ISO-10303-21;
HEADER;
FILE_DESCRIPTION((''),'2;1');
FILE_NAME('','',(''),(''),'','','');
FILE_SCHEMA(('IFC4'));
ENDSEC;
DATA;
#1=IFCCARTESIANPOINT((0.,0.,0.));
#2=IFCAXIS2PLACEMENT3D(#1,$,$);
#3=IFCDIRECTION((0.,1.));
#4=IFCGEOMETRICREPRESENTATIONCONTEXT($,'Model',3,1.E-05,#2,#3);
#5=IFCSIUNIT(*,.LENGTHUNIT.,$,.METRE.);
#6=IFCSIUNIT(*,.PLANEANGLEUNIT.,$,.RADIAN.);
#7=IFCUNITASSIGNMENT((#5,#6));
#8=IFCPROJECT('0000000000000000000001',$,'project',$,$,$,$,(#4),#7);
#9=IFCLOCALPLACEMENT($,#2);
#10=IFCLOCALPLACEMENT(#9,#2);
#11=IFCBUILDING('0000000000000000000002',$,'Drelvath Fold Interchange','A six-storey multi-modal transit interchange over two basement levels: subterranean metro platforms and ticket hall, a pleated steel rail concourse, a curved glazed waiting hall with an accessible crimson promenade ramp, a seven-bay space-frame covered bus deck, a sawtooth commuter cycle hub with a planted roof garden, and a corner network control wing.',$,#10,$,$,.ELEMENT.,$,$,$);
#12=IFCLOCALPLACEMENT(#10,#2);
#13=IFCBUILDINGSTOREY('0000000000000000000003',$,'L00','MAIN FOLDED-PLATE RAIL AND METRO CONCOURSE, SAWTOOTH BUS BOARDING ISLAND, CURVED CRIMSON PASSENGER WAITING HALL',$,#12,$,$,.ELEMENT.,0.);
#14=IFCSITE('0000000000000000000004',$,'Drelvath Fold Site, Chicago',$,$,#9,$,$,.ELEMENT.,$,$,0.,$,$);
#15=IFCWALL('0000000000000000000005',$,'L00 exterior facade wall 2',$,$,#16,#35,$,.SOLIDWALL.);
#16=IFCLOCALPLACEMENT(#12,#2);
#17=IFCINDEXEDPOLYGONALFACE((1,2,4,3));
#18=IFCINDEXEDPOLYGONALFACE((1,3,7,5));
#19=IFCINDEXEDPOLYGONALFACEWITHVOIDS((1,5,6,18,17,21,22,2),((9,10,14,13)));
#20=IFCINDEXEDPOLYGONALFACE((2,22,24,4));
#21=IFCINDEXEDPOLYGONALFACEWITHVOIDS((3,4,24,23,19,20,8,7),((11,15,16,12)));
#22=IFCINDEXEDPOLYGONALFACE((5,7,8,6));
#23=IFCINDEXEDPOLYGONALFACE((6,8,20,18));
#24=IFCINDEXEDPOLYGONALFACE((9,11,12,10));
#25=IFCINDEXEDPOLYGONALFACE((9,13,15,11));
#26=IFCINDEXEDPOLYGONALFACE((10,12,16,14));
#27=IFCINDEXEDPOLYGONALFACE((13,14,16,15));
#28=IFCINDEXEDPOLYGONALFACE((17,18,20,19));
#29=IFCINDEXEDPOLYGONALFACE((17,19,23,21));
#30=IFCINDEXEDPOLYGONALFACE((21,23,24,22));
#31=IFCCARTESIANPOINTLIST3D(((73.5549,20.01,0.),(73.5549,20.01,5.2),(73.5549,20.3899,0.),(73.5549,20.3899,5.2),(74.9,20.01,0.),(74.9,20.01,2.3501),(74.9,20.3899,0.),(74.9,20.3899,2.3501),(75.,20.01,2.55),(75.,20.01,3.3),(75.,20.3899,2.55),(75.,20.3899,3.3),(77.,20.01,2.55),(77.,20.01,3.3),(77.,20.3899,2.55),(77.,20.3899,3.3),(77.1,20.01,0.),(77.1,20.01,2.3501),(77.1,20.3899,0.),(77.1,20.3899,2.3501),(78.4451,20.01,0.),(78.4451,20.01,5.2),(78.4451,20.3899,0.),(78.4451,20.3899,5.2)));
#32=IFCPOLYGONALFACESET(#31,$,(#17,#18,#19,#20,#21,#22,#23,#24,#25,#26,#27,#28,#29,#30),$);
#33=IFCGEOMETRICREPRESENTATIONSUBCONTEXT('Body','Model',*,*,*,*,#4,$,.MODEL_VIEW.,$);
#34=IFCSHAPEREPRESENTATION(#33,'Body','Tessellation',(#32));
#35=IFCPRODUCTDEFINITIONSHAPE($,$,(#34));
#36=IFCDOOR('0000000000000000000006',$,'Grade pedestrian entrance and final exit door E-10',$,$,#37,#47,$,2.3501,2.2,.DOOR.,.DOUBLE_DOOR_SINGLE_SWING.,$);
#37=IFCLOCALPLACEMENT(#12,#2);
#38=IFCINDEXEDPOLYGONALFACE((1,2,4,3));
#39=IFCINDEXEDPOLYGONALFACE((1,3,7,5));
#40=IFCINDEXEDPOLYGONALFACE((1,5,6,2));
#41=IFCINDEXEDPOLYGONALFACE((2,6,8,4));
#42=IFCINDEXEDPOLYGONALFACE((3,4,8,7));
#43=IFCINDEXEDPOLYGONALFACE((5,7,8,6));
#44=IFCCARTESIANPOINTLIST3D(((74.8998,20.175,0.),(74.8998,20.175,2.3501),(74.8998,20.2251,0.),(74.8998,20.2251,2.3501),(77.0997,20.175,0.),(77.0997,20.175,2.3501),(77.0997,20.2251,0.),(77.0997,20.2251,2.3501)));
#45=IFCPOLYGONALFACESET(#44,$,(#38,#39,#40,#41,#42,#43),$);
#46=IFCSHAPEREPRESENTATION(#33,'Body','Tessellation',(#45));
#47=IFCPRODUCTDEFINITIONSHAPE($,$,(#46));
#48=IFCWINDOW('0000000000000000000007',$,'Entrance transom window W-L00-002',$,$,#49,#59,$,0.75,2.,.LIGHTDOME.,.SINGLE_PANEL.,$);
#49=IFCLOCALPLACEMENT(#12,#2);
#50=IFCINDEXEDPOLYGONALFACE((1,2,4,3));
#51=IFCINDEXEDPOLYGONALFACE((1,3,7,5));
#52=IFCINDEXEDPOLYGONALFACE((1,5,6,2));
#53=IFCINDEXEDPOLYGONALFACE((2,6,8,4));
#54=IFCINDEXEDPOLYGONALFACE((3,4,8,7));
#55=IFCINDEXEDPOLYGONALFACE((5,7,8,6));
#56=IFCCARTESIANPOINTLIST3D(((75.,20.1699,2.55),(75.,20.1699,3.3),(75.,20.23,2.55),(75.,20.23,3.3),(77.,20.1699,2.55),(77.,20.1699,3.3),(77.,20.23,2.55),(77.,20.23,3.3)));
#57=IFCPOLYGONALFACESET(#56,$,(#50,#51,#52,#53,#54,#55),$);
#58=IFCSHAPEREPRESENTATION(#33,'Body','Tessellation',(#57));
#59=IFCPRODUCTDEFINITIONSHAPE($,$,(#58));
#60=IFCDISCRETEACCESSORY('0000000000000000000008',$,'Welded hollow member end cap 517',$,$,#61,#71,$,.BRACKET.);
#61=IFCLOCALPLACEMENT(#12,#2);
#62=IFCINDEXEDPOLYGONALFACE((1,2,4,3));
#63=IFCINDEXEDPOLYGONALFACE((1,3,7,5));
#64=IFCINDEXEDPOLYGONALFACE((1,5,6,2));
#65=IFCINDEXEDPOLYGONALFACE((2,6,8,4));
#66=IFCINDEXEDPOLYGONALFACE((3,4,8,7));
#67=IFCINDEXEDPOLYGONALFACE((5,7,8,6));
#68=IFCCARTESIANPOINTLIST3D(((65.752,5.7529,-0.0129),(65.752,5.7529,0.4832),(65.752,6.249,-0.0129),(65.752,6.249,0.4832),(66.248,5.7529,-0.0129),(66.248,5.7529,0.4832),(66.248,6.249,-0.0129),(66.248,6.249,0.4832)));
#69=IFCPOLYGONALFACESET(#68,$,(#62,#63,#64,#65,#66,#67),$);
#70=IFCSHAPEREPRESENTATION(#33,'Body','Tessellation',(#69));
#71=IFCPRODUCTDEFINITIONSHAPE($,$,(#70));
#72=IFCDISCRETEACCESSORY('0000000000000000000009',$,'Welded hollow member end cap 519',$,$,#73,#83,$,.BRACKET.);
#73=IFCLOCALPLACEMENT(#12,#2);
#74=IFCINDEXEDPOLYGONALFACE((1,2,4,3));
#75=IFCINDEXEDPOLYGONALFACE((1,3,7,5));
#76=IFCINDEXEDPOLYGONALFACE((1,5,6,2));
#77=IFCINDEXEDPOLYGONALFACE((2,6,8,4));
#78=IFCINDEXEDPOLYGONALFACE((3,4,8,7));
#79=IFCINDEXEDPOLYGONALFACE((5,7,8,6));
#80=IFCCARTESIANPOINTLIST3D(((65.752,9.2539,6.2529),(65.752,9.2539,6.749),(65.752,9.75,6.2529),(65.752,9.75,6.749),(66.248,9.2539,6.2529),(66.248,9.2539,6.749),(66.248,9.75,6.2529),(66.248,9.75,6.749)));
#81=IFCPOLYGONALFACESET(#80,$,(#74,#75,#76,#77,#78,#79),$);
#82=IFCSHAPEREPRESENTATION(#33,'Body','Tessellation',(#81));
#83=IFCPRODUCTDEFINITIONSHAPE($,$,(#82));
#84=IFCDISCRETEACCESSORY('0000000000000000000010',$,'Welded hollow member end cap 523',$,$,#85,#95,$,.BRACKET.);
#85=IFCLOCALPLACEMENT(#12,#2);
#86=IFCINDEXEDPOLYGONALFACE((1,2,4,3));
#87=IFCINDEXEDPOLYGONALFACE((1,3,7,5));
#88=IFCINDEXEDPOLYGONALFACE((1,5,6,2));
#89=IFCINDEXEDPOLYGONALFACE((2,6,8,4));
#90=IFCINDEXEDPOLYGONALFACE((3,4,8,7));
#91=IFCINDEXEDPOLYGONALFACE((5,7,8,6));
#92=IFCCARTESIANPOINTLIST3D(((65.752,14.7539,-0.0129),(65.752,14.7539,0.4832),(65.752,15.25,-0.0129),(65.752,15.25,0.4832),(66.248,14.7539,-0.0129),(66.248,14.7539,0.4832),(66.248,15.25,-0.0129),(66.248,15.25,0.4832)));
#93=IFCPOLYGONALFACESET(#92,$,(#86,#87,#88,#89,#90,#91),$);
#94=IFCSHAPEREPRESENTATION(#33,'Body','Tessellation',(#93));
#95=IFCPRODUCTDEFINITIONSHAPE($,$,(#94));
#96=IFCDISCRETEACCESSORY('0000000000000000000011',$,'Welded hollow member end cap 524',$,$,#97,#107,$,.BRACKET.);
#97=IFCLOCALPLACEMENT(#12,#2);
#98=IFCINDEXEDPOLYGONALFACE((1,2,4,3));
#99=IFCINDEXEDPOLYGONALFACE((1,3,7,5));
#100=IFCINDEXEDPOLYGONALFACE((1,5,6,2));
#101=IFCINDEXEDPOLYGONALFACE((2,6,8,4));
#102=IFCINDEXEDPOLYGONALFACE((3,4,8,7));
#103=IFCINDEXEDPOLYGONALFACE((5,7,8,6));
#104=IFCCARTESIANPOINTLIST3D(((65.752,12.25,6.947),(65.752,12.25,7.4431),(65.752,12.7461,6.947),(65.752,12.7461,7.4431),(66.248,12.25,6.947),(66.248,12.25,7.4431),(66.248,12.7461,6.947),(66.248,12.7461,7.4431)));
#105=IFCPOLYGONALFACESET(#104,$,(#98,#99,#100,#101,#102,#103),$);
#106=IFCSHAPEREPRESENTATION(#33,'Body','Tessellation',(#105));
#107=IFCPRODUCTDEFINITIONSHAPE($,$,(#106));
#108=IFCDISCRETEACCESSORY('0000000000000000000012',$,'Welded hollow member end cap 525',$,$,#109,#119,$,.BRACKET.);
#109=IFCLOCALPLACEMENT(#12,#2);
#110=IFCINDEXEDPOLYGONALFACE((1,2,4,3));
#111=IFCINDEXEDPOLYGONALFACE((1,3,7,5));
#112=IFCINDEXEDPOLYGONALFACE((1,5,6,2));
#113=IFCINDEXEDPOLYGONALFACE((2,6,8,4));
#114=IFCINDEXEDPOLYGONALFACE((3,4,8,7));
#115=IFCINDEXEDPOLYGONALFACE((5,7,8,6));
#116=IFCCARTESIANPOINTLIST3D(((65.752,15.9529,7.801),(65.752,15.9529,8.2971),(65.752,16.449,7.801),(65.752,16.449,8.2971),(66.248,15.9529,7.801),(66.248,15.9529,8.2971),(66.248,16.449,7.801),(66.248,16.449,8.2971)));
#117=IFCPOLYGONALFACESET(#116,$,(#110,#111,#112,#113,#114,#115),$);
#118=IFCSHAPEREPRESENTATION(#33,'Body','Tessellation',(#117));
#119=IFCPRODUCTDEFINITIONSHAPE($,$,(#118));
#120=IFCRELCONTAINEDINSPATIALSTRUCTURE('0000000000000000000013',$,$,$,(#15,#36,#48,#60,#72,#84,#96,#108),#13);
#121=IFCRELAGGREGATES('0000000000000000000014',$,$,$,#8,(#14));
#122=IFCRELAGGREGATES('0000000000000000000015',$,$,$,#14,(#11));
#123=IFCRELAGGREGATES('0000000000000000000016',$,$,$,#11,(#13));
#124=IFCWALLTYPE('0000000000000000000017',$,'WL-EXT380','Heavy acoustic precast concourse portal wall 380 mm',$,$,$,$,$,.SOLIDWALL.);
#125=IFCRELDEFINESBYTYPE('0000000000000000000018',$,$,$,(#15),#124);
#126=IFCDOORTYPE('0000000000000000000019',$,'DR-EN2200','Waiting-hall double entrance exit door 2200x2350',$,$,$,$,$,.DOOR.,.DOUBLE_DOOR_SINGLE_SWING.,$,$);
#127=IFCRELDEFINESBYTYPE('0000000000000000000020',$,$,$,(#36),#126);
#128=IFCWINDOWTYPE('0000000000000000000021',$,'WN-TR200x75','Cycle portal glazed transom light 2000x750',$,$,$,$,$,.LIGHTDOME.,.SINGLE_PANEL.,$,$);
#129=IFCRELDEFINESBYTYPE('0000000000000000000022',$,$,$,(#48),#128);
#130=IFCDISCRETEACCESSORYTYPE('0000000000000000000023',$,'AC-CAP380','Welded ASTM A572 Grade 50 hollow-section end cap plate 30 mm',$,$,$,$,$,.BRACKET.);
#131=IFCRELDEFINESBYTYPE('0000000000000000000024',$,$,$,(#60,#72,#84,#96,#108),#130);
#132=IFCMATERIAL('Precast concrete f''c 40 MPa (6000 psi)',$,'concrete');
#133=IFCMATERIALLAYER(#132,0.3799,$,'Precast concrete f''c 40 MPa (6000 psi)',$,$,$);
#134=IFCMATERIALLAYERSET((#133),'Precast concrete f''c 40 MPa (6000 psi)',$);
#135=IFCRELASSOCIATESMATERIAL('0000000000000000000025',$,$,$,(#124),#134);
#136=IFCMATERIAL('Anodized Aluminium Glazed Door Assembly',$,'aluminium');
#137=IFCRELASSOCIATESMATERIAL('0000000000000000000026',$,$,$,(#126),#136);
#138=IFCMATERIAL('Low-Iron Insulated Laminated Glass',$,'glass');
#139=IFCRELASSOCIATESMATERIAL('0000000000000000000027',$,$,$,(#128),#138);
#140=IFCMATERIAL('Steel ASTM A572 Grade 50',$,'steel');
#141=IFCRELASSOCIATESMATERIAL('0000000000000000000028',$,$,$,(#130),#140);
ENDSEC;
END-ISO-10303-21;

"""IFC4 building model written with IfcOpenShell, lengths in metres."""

from ifc_helpers import new_model, si_unit, direction, frame, frame_2d, origin, origin_2d, place, context, subcontext, project, spatial, rectangle, extrude, material, layer, layer_set, type_object, element, fill, save


model = new_model("IFC4")

# Units and contexts
model_context = context("Model", 3, precision=1e-05, world=origin(), true_north=direction((0.0, 1.0)))
body_context = subcontext(model_context, "Body", "Model", "MODEL_VIEW")
ifc_project = project(units=[si_unit("LENGTHUNIT", "METRE"), si_unit("PLANEANGLEUNIT", "RADIAN")], contexts=[model_context])

# Site, building, storey
site_placement = place(None, origin())
site = spatial("IfcSite", under=ifc_project, at=site_placement, Name="Drelvath Fold Site, Chicago", CompositionType="ELEMENT", RefElevation=0.0)
building_placement = place(site_placement, origin())
building = spatial("IfcBuilding", under=site, at=building_placement, Name="Drelvath Fold Interchange", Description="A six-storey multi-modal transit interchange over two basement levels: subterranean metro platforms and ticket hall, a pleated steel rail concourse, a curved glazed waiting hall with an accessible crimson promenade ramp, a seven-bay space-frame covered bus deck, a sawtooth commuter cycle hub with a planted roof garden, and a corner network control wing.", CompositionType="ELEMENT")
storey_placement = place(building_placement, origin())
storey = spatial("IfcBuildingStorey", under=building, at=storey_placement, Name="L00", Description="MAIN FOLDED-PLATE RAIL AND METRO CONCOURSE, SAWTOOTH BUS BOARDING ISLAND, CURVED CRIMSON PASSENGER WAITING HALL", CompositionType="ELEMENT", Elevation=0.0)

# Shared definitions
ifc_material_1 = material(Name="Low-Iron Insulated Laminated Glass", Category="glass")
ifc_material_2 = material(Name="Steel ASTM A572 Grade 50", Category="steel")

# Wall, openings, door, window
ifc_material_3 = material(Name="Precast concrete f'c 40 MPa (6000 psi)", Category="concrete")
ifc_layer_1 = layer(ifc_material_3, 0.3799, Name="Precast concrete f'c 40 MPa (6000 psi)")
ifc_layer_set_1 = layer_set([ifc_layer_1], Name="Precast concrete f'c 40 MPa (6000 psi)")
wall_type = type_object("IfcWallType", Name="WL-EXT380", Description="Heavy acoustic precast concourse portal wall 380 mm", PredefinedType="SOLIDWALL", material=ifc_layer_set_1)
wall_placement = place(storey_placement, frame((73.5549, 20.2, 0.0), z_axis=(0.0, 0.0, 1.0), x_axis=(1.0, 0.0, 0.0)))
wall = element("IfcWall", 1, at=wall_placement, inside=storey, type_object=wall_type, Name="L00 exterior facade wall 2", PredefinedType="SOLIDWALL", context=body_context, shape_type="SweptSolid", body=[
    extrude(rectangle(XDim=4.8901, YDim=0.3799, at=frame_2d((2.4451, 0.0))), origin(), (0.0, 0.0, 1.0), 5.2),
])
opening_1_placement = place(wall_placement, frame((1.345, 0.0, 0.0)))
opening_1 = element("IfcOpeningElement", 2, at=opening_1_placement, cuts=wall, PredefinedType="OPENING", context=body_context, shape_type="SweptSolid", body=[
    extrude(rectangle(XDim=2.2, YDim=2.3501, at=frame_2d((1.1001, 1.175))), frame((0.0, 0.2, 0.0), z_axis=(0.0, -1.0, 0.0), x_axis=(1.0, 0.0, 0.0)), (0.0, 0.0, 1.0), 0.3999),
])
opening_2_placement = place(wall_placement, frame((1.4451, 0.0, 2.55)))
opening_2 = element("IfcOpeningElement", 3, at=opening_2_placement, cuts=wall, PredefinedType="OPENING", context=body_context, shape_type="SweptSolid", body=[
    extrude(rectangle(XDim=2.0, YDim=0.75, at=frame_2d((1.0, 0.375))), frame((0.0, 0.2, 0.0), z_axis=(0.0, -1.0, 0.0), x_axis=(1.0, 0.0, 0.0)), (0.0, 0.0, 1.0), 0.3999),
])
ifc_material_4 = material(Name="Anodized Aluminium Glazed Door Assembly", Category="aluminium")
door_type = type_object("IfcDoorType", Name="DR-EN2200", Description="Waiting-hall double entrance exit door 2200x2350", OperationType="DOUBLE_DOOR_SINGLE_SWING", PredefinedType="DOOR", material=ifc_material_4)
door_placement = place(opening_1_placement, frame((2.2, 0.0, 0.0), z_axis=(0.0, 0.0, 1.0), x_axis=(-1.0, 0.0, 0.0)))
door = element("IfcDoor", 4, at=door_placement, inside=storey, type_object=door_type, Name="Grade pedestrian entrance and final exit door E-10", OperationType="DOUBLE_DOOR_SINGLE_SWING", OverallHeight=2.3501, OverallWidth=2.2, PredefinedType="DOOR", context=body_context, shape_type="SweptSolid", body=[
    extrude(rectangle(XDim=2.2, YDim=2.3501, at=frame_2d((1.1001, 1.175))), frame((0.0, 0.0249, 0.0), z_axis=(0.0, -1.0, 0.0), x_axis=(1.0, 0.0, 0.0)), (0.0, 0.0, 1.0), 0.05),
])
fill(opening_1, door)
window_type = type_object("IfcWindowType", Name="WN-TR200x75", Description="Cycle portal glazed transom light 2000x750", PartitioningType="SINGLE_PANEL", PredefinedType="LIGHTDOME", material=ifc_material_1)
window_placement = place(opening_2_placement, origin())
window = element("IfcWindow", 5, at=window_placement, inside=storey, type_object=window_type, Name="Entrance transom window W-L00-002", OverallHeight=0.75, OverallWidth=2.0, PartitioningType="SINGLE_PANEL", PredefinedType="LIGHTDOME", context=body_context, shape_type="SweptSolid", body=[
    extrude(rectangle(XDim=2.0, YDim=0.75, at=frame_2d((1.0, 0.375))), frame((0.0, 0.03, 0.0), z_axis=(0.0, -1.0, 0.0), x_axis=(1.0, 0.0, 0.0)), (0.0, 0.0, 1.0), 0.0601),
])
fill(opening_2, window)

# Discrete accessories
discrete_accessory_type = type_object("IfcDiscreteAccessoryType", Name="AC-CAP380", Description="Welded ASTM A572 Grade 50 hollow-section end cap plate 30 mm", PredefinedType="BRACKET", material=ifc_material_2)
for number, where, z_axis, x_axis, name in (
    (6, (66.0, 6.001, -0.0129), (0.0, 0.0, 1.0), (1.0, 0.0, 0.0), "Welded hollow member end cap 517"),
    (7, (66.0, 9.502, 6.2529), (0.0, 0.0, 1.0), (1.0, 0.0, 0.0), "Welded hollow member end cap 519"),
    (8, (66.0, 15.002, -0.0129), (0.0, 0.0, 1.0), (1.0, 0.0, 0.0), "Welded hollow member end cap 523"),
    (9, (66.0, 12.498, 6.947), (0.0, 0.0, 1.0), (1.0, 0.0, 0.0), "Welded hollow member end cap 524"),
    (10, (66.0, 16.2009, 7.801), (0.0, 0.0, 1.0), (1.0, 0.0, 0.0), "Welded hollow member end cap 525"),
):
    element("IfcDiscreteAccessory", number, at=place(storey_placement, frame(where, z_axis=z_axis, x_axis=x_axis)), inside=storey, type_object=discrete_accessory_type, Name=name, PredefinedType="BRACKET", context=body_context, shape_type="SweptSolid", body=[
        extrude(rectangle(XDim=0.4961, YDim=0.4961, at=origin_2d()), origin(), (0.0, 0.0, 1.0), 0.4961),
    ])

save(model, "model.ifc")
